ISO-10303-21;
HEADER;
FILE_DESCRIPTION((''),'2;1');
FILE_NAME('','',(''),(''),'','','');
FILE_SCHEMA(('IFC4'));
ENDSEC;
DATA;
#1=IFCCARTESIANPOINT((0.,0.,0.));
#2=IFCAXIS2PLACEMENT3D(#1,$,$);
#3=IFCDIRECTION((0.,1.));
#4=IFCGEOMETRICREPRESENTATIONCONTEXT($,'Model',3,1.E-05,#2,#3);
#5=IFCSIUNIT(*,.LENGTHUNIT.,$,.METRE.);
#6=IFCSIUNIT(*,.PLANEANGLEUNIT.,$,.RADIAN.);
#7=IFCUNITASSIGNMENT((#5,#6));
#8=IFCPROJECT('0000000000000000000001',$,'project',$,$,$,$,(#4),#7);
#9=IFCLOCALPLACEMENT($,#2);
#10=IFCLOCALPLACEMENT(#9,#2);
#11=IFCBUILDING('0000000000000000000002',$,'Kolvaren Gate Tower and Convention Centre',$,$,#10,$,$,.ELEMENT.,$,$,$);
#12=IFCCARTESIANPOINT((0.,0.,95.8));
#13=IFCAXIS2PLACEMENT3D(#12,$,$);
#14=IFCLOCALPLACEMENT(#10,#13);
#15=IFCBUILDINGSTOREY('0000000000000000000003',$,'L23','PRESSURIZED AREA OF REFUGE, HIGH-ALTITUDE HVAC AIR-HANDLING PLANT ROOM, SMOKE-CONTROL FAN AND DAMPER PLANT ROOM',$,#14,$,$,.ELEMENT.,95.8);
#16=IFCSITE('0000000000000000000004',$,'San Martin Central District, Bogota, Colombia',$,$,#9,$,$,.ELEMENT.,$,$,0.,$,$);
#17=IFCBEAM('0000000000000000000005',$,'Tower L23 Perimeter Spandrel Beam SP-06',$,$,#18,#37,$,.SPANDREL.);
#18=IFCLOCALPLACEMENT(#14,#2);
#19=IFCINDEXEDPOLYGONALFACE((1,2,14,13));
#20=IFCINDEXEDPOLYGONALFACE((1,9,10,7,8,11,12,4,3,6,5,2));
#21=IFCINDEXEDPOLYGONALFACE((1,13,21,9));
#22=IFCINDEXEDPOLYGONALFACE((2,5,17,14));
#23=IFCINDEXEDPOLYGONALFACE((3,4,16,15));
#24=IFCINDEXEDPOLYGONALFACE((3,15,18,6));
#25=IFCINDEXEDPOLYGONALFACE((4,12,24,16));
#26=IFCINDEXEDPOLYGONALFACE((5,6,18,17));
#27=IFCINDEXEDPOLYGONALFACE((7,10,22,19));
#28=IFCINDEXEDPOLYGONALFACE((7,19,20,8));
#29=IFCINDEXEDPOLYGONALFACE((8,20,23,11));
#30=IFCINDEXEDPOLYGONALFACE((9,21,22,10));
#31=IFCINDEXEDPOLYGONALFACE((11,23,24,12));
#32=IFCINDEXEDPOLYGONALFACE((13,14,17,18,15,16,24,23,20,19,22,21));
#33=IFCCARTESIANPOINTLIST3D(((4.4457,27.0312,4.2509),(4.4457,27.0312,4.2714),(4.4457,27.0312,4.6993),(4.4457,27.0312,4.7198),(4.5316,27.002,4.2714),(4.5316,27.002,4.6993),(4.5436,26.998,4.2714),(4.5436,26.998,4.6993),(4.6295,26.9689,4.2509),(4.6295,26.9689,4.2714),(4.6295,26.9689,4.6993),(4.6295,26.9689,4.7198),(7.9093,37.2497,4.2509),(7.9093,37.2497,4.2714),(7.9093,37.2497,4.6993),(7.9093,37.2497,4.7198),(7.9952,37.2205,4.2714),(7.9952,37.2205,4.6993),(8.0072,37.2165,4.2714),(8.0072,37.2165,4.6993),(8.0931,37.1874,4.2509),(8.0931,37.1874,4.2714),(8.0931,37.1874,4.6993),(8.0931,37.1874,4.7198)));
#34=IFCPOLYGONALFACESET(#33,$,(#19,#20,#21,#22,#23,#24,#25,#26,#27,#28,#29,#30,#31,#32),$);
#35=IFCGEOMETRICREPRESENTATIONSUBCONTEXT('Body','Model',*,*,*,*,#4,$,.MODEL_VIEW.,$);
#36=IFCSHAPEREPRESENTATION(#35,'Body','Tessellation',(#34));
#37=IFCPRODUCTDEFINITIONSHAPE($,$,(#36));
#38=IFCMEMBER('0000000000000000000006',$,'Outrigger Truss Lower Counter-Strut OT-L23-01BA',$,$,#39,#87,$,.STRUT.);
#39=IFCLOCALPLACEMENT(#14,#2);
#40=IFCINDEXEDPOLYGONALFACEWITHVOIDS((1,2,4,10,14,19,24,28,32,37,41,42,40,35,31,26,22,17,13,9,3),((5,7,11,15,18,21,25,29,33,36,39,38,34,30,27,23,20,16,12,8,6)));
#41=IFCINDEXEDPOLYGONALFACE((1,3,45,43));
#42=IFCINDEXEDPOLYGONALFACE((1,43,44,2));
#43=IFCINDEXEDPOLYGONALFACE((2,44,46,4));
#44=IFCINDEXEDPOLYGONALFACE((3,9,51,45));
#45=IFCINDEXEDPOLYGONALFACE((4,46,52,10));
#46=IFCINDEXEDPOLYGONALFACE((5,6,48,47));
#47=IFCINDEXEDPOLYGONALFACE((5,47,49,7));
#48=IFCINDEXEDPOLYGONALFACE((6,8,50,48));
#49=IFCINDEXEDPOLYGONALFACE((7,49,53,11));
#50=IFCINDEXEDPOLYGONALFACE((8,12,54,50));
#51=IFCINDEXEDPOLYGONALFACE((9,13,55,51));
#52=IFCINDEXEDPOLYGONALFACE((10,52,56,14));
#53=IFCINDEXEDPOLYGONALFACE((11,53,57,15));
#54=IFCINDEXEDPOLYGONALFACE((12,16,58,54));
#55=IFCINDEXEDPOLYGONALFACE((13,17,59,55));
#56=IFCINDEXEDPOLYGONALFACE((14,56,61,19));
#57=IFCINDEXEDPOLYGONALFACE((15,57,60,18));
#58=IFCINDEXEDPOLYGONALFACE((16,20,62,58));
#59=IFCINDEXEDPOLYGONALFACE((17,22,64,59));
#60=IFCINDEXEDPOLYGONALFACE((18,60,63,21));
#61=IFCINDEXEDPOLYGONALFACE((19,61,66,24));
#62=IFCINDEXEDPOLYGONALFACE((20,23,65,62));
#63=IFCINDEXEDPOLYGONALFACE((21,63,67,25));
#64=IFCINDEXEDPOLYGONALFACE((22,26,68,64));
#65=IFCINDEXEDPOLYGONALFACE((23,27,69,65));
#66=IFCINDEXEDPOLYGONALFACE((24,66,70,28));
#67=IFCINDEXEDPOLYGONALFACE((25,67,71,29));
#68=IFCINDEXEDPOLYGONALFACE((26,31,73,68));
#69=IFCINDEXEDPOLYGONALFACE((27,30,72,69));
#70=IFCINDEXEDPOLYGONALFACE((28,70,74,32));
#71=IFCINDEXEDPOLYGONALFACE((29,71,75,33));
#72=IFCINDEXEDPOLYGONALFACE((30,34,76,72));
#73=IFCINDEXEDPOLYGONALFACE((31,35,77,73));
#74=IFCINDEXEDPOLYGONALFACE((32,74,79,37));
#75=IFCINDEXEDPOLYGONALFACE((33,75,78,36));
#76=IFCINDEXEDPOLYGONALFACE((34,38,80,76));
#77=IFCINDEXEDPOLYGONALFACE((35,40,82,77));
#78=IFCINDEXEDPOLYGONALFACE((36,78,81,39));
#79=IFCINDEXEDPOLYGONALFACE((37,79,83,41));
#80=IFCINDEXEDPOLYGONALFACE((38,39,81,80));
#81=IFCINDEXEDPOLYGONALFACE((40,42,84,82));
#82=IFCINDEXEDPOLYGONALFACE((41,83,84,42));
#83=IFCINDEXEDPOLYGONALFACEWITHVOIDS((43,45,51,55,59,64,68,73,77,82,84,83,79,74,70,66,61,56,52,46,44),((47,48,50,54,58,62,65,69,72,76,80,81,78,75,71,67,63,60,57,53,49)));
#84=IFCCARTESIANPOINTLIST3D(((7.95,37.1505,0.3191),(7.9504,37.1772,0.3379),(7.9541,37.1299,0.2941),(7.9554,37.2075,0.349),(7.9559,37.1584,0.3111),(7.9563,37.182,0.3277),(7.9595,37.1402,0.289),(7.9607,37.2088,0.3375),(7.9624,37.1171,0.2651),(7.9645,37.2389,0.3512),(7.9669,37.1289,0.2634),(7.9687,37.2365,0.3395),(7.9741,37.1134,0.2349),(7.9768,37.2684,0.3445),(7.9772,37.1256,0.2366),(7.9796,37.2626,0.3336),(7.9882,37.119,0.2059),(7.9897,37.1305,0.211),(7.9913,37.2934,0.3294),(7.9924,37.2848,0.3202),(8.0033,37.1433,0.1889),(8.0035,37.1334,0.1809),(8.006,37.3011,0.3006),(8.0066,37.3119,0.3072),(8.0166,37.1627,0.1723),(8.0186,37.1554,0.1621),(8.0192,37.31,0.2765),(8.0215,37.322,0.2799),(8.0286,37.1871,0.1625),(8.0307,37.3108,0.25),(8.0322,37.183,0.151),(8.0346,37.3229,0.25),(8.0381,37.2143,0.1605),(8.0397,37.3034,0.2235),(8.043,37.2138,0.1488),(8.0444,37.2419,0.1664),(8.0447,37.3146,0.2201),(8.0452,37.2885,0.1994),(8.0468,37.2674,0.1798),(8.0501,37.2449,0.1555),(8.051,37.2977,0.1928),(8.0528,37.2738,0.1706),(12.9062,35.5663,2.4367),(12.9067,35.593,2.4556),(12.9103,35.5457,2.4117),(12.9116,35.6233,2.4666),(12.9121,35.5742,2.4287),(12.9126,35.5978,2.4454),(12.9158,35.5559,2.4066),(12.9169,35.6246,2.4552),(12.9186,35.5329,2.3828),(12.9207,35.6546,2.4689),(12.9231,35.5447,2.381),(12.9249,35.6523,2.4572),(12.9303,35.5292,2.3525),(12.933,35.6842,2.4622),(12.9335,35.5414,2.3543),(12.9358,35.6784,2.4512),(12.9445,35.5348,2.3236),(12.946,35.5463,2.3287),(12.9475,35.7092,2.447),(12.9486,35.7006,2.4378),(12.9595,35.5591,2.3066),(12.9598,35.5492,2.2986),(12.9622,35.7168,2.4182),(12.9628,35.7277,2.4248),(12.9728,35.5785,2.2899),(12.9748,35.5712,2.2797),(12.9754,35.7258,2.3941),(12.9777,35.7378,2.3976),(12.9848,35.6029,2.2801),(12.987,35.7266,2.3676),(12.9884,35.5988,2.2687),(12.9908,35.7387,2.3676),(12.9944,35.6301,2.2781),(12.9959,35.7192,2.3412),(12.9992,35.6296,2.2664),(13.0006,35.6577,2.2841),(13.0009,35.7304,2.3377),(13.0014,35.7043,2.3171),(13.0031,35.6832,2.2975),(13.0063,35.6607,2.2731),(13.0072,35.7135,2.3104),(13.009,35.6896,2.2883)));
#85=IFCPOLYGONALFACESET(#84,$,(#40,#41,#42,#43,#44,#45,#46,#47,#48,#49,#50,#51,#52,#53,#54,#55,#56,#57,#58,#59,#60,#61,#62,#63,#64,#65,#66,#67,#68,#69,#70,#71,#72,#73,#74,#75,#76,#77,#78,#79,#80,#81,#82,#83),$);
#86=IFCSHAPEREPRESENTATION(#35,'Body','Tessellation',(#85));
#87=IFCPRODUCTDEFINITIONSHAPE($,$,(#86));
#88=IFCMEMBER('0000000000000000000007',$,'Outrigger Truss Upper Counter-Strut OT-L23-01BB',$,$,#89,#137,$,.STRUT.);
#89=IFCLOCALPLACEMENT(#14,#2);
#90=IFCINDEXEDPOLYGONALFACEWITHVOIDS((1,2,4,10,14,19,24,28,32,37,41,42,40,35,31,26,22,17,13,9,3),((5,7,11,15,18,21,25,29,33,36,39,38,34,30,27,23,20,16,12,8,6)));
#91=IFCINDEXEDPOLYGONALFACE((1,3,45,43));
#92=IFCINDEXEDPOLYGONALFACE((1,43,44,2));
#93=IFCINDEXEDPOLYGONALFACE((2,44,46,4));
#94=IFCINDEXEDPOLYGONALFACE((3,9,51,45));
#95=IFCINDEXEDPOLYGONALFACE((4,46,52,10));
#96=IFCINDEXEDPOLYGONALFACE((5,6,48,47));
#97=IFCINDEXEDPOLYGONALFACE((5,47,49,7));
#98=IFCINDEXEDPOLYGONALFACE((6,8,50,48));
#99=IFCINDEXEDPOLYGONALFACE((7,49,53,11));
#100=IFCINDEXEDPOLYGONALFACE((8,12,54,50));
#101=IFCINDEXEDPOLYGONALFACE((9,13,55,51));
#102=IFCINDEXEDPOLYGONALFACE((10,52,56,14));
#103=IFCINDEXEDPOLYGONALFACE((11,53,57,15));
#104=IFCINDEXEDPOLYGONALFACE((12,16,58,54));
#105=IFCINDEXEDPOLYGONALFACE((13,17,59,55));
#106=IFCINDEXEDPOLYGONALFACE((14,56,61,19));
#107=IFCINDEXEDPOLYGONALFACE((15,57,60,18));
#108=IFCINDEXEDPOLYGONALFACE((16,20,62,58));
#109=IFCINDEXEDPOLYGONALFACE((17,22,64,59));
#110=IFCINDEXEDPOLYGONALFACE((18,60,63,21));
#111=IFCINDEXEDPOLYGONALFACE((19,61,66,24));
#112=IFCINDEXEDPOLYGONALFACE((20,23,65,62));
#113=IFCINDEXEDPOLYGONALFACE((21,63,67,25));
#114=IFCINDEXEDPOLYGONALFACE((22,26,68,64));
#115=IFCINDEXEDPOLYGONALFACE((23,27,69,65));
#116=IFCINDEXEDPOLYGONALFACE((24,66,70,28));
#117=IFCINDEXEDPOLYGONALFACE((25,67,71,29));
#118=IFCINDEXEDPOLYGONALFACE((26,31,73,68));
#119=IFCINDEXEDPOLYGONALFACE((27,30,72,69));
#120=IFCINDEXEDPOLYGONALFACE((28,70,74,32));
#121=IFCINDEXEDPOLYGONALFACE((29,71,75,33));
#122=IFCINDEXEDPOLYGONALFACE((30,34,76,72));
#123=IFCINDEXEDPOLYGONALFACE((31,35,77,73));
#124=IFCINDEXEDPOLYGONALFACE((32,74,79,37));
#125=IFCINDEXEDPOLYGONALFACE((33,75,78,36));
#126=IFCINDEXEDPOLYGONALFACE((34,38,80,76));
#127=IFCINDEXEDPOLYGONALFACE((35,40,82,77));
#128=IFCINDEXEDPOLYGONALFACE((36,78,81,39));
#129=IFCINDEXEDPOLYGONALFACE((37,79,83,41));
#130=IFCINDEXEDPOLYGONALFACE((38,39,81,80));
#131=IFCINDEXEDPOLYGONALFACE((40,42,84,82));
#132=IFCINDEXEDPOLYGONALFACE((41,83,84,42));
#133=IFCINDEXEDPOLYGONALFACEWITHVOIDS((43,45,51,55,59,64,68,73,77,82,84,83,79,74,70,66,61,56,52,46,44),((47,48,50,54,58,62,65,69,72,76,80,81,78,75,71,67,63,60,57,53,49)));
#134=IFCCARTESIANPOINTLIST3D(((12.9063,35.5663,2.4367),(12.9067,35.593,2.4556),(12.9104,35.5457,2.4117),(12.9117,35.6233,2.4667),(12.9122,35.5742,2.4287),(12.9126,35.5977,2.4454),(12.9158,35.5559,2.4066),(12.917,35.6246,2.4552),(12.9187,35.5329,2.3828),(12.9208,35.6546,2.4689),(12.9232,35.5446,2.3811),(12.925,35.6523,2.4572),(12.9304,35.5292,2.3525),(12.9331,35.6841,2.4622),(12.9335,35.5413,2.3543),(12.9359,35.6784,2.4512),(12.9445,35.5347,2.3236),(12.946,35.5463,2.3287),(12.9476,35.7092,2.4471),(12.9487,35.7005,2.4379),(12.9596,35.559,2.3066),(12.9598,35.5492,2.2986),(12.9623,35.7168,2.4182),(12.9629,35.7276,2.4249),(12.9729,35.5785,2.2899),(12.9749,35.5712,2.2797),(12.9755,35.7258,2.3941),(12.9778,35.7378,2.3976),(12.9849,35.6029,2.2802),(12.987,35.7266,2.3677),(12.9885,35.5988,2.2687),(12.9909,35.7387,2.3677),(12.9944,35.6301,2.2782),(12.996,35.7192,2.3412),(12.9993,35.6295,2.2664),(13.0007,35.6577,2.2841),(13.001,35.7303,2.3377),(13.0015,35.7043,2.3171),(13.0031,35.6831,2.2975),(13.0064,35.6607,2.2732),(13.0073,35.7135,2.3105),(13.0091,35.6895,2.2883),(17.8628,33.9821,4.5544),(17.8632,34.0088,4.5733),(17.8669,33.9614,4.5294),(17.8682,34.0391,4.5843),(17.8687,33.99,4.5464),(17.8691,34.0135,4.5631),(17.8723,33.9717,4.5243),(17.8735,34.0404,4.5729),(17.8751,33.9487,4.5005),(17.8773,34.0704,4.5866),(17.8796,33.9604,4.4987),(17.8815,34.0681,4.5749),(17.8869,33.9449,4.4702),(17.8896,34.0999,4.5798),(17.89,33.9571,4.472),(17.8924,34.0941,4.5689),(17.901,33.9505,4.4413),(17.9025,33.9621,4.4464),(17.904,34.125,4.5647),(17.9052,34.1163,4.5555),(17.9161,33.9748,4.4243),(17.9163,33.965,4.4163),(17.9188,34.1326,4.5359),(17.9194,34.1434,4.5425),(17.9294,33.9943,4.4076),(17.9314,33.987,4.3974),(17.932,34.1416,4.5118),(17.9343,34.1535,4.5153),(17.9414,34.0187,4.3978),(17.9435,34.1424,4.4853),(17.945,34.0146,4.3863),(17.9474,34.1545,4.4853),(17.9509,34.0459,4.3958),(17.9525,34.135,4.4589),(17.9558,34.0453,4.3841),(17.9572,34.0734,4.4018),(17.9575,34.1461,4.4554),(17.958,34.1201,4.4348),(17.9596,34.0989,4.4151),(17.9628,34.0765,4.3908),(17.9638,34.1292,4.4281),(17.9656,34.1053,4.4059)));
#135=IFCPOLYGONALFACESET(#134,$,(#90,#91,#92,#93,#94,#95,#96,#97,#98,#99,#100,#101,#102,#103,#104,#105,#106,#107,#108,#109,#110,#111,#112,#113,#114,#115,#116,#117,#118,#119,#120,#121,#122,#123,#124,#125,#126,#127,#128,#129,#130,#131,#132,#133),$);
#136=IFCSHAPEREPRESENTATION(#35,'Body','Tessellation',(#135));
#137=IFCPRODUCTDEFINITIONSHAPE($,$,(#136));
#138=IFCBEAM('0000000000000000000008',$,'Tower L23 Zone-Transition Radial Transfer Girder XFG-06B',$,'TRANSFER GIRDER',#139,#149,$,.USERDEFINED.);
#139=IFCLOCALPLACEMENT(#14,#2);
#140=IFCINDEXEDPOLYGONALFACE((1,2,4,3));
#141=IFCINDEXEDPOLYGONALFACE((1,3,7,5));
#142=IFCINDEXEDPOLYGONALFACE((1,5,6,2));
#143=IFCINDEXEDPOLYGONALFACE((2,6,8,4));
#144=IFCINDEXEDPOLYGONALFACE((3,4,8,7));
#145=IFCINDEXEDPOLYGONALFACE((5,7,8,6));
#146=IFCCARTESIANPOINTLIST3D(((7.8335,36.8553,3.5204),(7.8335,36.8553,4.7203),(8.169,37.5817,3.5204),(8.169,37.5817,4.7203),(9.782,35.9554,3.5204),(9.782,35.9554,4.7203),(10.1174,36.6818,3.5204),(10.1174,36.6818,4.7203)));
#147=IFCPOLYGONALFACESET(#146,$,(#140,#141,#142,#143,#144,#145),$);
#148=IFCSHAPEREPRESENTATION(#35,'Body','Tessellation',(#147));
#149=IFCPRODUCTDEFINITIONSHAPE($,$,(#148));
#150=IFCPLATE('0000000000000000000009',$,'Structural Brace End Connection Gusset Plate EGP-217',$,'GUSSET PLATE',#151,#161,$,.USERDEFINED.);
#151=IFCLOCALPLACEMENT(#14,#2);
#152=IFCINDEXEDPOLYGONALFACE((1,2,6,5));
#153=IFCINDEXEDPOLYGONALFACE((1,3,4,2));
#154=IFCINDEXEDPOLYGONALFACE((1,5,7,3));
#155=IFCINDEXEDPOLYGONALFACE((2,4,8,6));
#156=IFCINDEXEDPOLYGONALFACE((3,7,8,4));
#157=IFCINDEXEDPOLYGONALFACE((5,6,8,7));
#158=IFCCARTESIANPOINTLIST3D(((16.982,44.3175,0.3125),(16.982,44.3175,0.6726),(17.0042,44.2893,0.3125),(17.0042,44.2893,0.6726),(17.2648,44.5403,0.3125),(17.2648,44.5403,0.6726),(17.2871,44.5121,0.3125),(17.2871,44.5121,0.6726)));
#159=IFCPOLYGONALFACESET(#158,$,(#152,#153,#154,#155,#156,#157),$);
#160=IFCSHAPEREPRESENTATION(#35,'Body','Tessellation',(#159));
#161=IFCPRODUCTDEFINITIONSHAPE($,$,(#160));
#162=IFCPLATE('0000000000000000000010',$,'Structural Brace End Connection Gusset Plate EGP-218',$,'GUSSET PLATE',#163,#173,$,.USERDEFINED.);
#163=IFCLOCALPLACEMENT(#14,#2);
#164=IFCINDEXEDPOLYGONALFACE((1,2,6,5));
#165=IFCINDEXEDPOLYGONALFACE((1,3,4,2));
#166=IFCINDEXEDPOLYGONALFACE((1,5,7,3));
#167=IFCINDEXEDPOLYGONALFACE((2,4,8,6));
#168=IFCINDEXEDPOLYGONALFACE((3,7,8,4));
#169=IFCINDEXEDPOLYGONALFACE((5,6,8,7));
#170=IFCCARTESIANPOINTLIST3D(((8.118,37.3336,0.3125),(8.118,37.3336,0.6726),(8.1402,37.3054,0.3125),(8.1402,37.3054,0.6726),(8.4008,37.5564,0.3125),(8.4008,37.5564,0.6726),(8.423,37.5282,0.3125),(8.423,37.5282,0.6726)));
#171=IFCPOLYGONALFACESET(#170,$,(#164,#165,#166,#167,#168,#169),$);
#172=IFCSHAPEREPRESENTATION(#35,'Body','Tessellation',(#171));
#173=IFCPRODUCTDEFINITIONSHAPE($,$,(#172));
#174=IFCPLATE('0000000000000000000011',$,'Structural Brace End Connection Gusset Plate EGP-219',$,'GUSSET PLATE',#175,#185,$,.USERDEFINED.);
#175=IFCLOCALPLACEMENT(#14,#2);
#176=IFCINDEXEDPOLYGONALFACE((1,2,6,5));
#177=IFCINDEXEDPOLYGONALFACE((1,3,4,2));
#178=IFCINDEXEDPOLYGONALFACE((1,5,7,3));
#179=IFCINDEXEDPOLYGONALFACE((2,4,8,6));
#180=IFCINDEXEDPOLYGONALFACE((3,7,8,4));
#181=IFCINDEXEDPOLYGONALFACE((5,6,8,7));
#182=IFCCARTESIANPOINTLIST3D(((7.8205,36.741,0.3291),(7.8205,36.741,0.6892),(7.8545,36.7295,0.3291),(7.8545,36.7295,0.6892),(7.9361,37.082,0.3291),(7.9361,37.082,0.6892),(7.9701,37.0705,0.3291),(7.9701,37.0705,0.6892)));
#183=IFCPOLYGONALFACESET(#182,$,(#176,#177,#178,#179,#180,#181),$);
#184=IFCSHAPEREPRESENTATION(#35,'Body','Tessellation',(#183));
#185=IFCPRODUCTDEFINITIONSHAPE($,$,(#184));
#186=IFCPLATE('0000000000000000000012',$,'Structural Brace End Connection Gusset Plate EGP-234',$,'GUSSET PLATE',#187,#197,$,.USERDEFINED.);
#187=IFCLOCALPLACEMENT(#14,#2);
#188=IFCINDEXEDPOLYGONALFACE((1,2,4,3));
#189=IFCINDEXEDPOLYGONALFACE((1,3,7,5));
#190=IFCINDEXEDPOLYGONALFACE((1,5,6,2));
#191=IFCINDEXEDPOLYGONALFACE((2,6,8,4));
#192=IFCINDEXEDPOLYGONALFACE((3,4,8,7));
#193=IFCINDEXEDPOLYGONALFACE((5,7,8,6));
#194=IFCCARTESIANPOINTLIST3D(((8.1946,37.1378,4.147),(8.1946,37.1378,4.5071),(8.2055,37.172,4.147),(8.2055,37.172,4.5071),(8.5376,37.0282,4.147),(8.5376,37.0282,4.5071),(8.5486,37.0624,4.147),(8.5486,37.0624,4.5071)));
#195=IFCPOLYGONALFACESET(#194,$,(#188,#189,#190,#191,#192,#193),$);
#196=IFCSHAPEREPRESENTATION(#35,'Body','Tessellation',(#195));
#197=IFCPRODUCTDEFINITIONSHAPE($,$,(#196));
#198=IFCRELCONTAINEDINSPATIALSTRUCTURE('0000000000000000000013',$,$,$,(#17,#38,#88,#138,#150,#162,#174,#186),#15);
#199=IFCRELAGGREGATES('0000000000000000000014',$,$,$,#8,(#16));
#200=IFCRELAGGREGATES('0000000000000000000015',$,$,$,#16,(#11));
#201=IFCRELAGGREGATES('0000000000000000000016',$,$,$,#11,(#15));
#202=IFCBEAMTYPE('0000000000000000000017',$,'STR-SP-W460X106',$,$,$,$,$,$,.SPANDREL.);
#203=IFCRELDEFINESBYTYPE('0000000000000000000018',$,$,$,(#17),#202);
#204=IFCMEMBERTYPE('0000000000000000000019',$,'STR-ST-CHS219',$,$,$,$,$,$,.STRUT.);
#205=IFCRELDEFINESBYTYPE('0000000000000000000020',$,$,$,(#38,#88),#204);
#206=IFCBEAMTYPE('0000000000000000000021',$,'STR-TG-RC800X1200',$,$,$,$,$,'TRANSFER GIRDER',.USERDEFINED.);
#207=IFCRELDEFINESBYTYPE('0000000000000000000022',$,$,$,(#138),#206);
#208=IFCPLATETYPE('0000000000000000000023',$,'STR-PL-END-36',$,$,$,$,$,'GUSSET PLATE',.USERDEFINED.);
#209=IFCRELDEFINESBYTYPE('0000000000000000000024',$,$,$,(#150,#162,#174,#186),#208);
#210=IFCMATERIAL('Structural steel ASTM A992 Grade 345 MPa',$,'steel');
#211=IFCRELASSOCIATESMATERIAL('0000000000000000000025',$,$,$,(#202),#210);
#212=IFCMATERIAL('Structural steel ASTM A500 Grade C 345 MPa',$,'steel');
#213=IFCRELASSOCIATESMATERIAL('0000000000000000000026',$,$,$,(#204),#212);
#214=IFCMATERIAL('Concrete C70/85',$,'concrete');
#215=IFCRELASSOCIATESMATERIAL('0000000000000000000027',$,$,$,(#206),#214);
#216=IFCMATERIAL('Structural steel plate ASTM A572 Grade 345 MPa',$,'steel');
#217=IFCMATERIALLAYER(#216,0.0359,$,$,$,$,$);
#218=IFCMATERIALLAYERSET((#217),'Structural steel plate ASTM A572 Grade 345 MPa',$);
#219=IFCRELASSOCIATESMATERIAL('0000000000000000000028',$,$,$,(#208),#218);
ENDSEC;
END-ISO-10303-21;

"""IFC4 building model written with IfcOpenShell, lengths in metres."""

from ifc_helpers import new_model, si_unit, direction, frame, origin, origin_2d, place, context, subcontext, project, spatial, rectangle, hollow_circle, i_section, extrude, material, layer, layer_set, material_profile, profile_set, type_object, element, save


model = new_model("IFC4")

# Units and contexts
model_context = context("Model", 3, precision=1e-05, world=origin(), true_north=direction((0.0, 1.0)))
body_context = subcontext(model_context, "Body", "Model", "MODEL_VIEW")
ifc_project = project(units=[si_unit("LENGTHUNIT", "METRE"), si_unit("PLANEANGLEUNIT", "RADIAN")], contexts=[model_context])

# Site, building, storey
site_placement = place(None, origin())
site = spatial("IfcSite", under=ifc_project, at=site_placement, Name="San Martin Central District, Bogota, Colombia", CompositionType="ELEMENT", RefElevation=0.0)
building_placement = place(site_placement, origin())
building = spatial("IfcBuilding", under=site, at=building_placement, Name="Kolvaren Gate Tower and Convention Centre", CompositionType="ELEMENT")
storey_placement = place(building_placement, frame((0.0, 0.0, 95.8)))
storey = spatial("IfcBuildingStorey", under=building, at=storey_placement, Name="L23", Description="PRESSURIZED AREA OF REFUGE, HIGH-ALTITUDE HVAC AIR-HANDLING PLANT ROOM, SMOKE-CONTROL FAN AND DAMPER PLANT ROOM", CompositionType="ELEMENT", Elevation=95.8)

# Shared definitions
ifc_material_1 = material(Name="Concrete C70/85", Category="concrete")

# Shared definitions
ifc_material_2 = material(Name="Structural steel ASTM A992 Grade 345 MPa", Category="steel")

# Shared definitions
ifc_material_3 = material(Name="Structural steel ASTM A500 Grade C 345 MPa", Category="steel")

# Beam
ifc_material_profile_1 = material_profile(ifc_material_2, i_section(OverallWidth=0.1941, OverallDepth=0.469, WebThickness=0.0127, FlangeThickness=0.0205, at=origin_2d()), Name="W460X106")
ifc_profile_set_1 = profile_set([ifc_material_profile_1], Name="Structural steel ASTM A992 Grade 345 MPa")
beam_type_1 = type_object("IfcBeamType", Name="STR-SP-W460X106", PredefinedType="SPANDREL", material=ifc_profile_set_1)
beam_1_placement = place(storey_placement, frame((8.0012, 37.2185, 4.4854), z_axis=(-0.321016, -0.947074, 0.0), x_axis=(0.947074, -0.321016, 0.0)))
element("IfcBeam", 1, at=beam_1_placement, inside=storey, type_object=beam_type_1, Name="Tower L23 Perimeter Spandrel Beam SP-06", PredefinedType="SPANDREL", context=body_context, shape_type="SweptSolid", body=[
    extrude(i_section(OverallWidth=0.1941, OverallDepth=0.469, WebThickness=0.0127, FlangeThickness=0.0205, at=origin_2d()), origin(), (0.0, 0.0, 1.0), 10.7896),
])

# Members
ifc_material_profile_2 = material_profile(ifc_material_3, hollow_circle(Radius=0.1096, WallThickness=0.0127, at=origin_2d()), Name="CHS219X12.7")
ifc_profile_set_2 = profile_set([ifc_material_profile_2], Name="Structural steel ASTM A500 Grade C 345 MPa")
member_type_1 = type_object("IfcMemberType", Name="STR-ST-CHS219", PredefinedType="STRUT", material=ifc_profile_set_2)
member_1_placement = place(storey_placement, frame((8.0012, 37.2185, 0.25), z_axis=(0.882255, -0.282004, 0.376961), x_axis=(0.304464, 0.952524, 0.0)))
element("IfcMember", 2, at=member_1_placement, inside=storey, type_object=member_type_1, Name="Outrigger Truss Lower Counter-Strut OT-L23-01BA", PredefinedType="STRUT", context=body_context, shape_type="SweptSolid", body=[
    extrude(hollow_circle(Radius=0.1096, WallThickness=0.0127, at=origin_2d()), origin(), (0.0, 0.0, 1.0), 5.6177),
])
member_2_placement = place(storey_placement, frame((12.9575, 35.6343, 2.3677), z_axis=(0.882265, -0.281993, 0.376946), x_axis=(0.304451, 0.952528, 0.0)))
element("IfcMember", 3, at=member_2_placement, inside=storey, type_object=member_type_1, Name="Outrigger Truss Upper Counter-Strut OT-L23-01BB", PredefinedType="STRUT", context=body_context, shape_type="SweptSolid", body=[
    extrude(hollow_circle(Radius=0.1096, WallThickness=0.0127, at=origin_2d()), origin(), (0.0, 0.0, 1.0), 5.6179),
])

# Beam
ifc_material_profile_3 = material_profile(ifc_material_1, rectangle(XDim=0.8, YDim=1.2, at=origin_2d()), Name="RC-BM-800X1200")
ifc_profile_set_3 = profile_set([ifc_material_profile_3], Name="Concrete C70/85")
beam_type_2 = type_object("IfcBeamType", Name="STR-TG-RC800X1200", ElementType="TRANSFER GIRDER", PredefinedType="USERDEFINED", material=ifc_profile_set_3)
beam_2_placement = place(storey_placement, frame((9.9497, 36.3186, 4.1204), z_axis=(-0.907853, 0.419289, 0.0), x_axis=(-0.419289, -0.907853, 0.0)))
element("IfcBeam", 4, at=beam_2_placement, inside=storey, type_object=beam_type_2, Name="Tower L23 Zone-Transition Radial Transfer Girder XFG-06B", ObjectType="TRANSFER GIRDER", PredefinedType="USERDEFINED", context=body_context, shape_type="SweptSolid", body=[
    extrude(rectangle(XDim=0.8, YDim=1.2, at=origin_2d()), origin(), (0.0, 0.0, 1.0), 2.1462),
])

# Plates
ifc_material_4 = material(Name="Structural steel plate ASTM A572 Grade 345 MPa", Category="steel")
ifc_layer_1 = layer(ifc_material_4, 0.0359)
ifc_layer_set_1 = layer_set([ifc_layer_1], Name="Structural steel plate ASTM A572 Grade 345 MPa")
plate_type_1 = type_object("IfcPlateType", Name="STR-PL-END-36", ElementType="GUSSET PLATE", PredefinedType="USERDEFINED", material=ifc_layer_set_1)
for number, where, z_axis, x_axis, name in (
    (5, (17.1345, 44.4148, 0.3125), (0.0, 0.0, 1.0), (-0.785465, -0.618906, 0.0), "Structural Brace End Connection Gusset Plate EGP-217"),
    (6, (8.2705, 37.4309, 0.3125), (0.0, 0.0, 1.0), (0.78548, 0.618887, 0.0), "Structural Brace End Connection Gusset Plate EGP-218"),
    (7, (7.8953, 36.9058, 0.3291), (0.0, 0.0, 1.0), (-0.321011, -0.947075, 0.0), "Structural Brace End Connection Gusset Plate EGP-219"),
    (8, (8.3716, 37.1001, 4.147), (0.0, 0.0, 1.0), (-0.952522, 0.30447, 0.0), "Structural Brace End Connection Gusset Plate EGP-234"),
):
    element("IfcPlate", number, at=place(storey_placement, frame(where, z_axis=z_axis, x_axis=x_axis)), inside=storey, type_object=plate_type_1, Name=name, ObjectType="GUSSET PLATE", PredefinedType="USERDEFINED", context=body_context, shape_type="SweptSolid", body=[
        extrude(rectangle(XDim=0.3601, YDim=0.0359, at=origin_2d()), origin(), (0.0, 0.0, 1.0), 0.3601),
    ])

save(model, "model.ifc")
